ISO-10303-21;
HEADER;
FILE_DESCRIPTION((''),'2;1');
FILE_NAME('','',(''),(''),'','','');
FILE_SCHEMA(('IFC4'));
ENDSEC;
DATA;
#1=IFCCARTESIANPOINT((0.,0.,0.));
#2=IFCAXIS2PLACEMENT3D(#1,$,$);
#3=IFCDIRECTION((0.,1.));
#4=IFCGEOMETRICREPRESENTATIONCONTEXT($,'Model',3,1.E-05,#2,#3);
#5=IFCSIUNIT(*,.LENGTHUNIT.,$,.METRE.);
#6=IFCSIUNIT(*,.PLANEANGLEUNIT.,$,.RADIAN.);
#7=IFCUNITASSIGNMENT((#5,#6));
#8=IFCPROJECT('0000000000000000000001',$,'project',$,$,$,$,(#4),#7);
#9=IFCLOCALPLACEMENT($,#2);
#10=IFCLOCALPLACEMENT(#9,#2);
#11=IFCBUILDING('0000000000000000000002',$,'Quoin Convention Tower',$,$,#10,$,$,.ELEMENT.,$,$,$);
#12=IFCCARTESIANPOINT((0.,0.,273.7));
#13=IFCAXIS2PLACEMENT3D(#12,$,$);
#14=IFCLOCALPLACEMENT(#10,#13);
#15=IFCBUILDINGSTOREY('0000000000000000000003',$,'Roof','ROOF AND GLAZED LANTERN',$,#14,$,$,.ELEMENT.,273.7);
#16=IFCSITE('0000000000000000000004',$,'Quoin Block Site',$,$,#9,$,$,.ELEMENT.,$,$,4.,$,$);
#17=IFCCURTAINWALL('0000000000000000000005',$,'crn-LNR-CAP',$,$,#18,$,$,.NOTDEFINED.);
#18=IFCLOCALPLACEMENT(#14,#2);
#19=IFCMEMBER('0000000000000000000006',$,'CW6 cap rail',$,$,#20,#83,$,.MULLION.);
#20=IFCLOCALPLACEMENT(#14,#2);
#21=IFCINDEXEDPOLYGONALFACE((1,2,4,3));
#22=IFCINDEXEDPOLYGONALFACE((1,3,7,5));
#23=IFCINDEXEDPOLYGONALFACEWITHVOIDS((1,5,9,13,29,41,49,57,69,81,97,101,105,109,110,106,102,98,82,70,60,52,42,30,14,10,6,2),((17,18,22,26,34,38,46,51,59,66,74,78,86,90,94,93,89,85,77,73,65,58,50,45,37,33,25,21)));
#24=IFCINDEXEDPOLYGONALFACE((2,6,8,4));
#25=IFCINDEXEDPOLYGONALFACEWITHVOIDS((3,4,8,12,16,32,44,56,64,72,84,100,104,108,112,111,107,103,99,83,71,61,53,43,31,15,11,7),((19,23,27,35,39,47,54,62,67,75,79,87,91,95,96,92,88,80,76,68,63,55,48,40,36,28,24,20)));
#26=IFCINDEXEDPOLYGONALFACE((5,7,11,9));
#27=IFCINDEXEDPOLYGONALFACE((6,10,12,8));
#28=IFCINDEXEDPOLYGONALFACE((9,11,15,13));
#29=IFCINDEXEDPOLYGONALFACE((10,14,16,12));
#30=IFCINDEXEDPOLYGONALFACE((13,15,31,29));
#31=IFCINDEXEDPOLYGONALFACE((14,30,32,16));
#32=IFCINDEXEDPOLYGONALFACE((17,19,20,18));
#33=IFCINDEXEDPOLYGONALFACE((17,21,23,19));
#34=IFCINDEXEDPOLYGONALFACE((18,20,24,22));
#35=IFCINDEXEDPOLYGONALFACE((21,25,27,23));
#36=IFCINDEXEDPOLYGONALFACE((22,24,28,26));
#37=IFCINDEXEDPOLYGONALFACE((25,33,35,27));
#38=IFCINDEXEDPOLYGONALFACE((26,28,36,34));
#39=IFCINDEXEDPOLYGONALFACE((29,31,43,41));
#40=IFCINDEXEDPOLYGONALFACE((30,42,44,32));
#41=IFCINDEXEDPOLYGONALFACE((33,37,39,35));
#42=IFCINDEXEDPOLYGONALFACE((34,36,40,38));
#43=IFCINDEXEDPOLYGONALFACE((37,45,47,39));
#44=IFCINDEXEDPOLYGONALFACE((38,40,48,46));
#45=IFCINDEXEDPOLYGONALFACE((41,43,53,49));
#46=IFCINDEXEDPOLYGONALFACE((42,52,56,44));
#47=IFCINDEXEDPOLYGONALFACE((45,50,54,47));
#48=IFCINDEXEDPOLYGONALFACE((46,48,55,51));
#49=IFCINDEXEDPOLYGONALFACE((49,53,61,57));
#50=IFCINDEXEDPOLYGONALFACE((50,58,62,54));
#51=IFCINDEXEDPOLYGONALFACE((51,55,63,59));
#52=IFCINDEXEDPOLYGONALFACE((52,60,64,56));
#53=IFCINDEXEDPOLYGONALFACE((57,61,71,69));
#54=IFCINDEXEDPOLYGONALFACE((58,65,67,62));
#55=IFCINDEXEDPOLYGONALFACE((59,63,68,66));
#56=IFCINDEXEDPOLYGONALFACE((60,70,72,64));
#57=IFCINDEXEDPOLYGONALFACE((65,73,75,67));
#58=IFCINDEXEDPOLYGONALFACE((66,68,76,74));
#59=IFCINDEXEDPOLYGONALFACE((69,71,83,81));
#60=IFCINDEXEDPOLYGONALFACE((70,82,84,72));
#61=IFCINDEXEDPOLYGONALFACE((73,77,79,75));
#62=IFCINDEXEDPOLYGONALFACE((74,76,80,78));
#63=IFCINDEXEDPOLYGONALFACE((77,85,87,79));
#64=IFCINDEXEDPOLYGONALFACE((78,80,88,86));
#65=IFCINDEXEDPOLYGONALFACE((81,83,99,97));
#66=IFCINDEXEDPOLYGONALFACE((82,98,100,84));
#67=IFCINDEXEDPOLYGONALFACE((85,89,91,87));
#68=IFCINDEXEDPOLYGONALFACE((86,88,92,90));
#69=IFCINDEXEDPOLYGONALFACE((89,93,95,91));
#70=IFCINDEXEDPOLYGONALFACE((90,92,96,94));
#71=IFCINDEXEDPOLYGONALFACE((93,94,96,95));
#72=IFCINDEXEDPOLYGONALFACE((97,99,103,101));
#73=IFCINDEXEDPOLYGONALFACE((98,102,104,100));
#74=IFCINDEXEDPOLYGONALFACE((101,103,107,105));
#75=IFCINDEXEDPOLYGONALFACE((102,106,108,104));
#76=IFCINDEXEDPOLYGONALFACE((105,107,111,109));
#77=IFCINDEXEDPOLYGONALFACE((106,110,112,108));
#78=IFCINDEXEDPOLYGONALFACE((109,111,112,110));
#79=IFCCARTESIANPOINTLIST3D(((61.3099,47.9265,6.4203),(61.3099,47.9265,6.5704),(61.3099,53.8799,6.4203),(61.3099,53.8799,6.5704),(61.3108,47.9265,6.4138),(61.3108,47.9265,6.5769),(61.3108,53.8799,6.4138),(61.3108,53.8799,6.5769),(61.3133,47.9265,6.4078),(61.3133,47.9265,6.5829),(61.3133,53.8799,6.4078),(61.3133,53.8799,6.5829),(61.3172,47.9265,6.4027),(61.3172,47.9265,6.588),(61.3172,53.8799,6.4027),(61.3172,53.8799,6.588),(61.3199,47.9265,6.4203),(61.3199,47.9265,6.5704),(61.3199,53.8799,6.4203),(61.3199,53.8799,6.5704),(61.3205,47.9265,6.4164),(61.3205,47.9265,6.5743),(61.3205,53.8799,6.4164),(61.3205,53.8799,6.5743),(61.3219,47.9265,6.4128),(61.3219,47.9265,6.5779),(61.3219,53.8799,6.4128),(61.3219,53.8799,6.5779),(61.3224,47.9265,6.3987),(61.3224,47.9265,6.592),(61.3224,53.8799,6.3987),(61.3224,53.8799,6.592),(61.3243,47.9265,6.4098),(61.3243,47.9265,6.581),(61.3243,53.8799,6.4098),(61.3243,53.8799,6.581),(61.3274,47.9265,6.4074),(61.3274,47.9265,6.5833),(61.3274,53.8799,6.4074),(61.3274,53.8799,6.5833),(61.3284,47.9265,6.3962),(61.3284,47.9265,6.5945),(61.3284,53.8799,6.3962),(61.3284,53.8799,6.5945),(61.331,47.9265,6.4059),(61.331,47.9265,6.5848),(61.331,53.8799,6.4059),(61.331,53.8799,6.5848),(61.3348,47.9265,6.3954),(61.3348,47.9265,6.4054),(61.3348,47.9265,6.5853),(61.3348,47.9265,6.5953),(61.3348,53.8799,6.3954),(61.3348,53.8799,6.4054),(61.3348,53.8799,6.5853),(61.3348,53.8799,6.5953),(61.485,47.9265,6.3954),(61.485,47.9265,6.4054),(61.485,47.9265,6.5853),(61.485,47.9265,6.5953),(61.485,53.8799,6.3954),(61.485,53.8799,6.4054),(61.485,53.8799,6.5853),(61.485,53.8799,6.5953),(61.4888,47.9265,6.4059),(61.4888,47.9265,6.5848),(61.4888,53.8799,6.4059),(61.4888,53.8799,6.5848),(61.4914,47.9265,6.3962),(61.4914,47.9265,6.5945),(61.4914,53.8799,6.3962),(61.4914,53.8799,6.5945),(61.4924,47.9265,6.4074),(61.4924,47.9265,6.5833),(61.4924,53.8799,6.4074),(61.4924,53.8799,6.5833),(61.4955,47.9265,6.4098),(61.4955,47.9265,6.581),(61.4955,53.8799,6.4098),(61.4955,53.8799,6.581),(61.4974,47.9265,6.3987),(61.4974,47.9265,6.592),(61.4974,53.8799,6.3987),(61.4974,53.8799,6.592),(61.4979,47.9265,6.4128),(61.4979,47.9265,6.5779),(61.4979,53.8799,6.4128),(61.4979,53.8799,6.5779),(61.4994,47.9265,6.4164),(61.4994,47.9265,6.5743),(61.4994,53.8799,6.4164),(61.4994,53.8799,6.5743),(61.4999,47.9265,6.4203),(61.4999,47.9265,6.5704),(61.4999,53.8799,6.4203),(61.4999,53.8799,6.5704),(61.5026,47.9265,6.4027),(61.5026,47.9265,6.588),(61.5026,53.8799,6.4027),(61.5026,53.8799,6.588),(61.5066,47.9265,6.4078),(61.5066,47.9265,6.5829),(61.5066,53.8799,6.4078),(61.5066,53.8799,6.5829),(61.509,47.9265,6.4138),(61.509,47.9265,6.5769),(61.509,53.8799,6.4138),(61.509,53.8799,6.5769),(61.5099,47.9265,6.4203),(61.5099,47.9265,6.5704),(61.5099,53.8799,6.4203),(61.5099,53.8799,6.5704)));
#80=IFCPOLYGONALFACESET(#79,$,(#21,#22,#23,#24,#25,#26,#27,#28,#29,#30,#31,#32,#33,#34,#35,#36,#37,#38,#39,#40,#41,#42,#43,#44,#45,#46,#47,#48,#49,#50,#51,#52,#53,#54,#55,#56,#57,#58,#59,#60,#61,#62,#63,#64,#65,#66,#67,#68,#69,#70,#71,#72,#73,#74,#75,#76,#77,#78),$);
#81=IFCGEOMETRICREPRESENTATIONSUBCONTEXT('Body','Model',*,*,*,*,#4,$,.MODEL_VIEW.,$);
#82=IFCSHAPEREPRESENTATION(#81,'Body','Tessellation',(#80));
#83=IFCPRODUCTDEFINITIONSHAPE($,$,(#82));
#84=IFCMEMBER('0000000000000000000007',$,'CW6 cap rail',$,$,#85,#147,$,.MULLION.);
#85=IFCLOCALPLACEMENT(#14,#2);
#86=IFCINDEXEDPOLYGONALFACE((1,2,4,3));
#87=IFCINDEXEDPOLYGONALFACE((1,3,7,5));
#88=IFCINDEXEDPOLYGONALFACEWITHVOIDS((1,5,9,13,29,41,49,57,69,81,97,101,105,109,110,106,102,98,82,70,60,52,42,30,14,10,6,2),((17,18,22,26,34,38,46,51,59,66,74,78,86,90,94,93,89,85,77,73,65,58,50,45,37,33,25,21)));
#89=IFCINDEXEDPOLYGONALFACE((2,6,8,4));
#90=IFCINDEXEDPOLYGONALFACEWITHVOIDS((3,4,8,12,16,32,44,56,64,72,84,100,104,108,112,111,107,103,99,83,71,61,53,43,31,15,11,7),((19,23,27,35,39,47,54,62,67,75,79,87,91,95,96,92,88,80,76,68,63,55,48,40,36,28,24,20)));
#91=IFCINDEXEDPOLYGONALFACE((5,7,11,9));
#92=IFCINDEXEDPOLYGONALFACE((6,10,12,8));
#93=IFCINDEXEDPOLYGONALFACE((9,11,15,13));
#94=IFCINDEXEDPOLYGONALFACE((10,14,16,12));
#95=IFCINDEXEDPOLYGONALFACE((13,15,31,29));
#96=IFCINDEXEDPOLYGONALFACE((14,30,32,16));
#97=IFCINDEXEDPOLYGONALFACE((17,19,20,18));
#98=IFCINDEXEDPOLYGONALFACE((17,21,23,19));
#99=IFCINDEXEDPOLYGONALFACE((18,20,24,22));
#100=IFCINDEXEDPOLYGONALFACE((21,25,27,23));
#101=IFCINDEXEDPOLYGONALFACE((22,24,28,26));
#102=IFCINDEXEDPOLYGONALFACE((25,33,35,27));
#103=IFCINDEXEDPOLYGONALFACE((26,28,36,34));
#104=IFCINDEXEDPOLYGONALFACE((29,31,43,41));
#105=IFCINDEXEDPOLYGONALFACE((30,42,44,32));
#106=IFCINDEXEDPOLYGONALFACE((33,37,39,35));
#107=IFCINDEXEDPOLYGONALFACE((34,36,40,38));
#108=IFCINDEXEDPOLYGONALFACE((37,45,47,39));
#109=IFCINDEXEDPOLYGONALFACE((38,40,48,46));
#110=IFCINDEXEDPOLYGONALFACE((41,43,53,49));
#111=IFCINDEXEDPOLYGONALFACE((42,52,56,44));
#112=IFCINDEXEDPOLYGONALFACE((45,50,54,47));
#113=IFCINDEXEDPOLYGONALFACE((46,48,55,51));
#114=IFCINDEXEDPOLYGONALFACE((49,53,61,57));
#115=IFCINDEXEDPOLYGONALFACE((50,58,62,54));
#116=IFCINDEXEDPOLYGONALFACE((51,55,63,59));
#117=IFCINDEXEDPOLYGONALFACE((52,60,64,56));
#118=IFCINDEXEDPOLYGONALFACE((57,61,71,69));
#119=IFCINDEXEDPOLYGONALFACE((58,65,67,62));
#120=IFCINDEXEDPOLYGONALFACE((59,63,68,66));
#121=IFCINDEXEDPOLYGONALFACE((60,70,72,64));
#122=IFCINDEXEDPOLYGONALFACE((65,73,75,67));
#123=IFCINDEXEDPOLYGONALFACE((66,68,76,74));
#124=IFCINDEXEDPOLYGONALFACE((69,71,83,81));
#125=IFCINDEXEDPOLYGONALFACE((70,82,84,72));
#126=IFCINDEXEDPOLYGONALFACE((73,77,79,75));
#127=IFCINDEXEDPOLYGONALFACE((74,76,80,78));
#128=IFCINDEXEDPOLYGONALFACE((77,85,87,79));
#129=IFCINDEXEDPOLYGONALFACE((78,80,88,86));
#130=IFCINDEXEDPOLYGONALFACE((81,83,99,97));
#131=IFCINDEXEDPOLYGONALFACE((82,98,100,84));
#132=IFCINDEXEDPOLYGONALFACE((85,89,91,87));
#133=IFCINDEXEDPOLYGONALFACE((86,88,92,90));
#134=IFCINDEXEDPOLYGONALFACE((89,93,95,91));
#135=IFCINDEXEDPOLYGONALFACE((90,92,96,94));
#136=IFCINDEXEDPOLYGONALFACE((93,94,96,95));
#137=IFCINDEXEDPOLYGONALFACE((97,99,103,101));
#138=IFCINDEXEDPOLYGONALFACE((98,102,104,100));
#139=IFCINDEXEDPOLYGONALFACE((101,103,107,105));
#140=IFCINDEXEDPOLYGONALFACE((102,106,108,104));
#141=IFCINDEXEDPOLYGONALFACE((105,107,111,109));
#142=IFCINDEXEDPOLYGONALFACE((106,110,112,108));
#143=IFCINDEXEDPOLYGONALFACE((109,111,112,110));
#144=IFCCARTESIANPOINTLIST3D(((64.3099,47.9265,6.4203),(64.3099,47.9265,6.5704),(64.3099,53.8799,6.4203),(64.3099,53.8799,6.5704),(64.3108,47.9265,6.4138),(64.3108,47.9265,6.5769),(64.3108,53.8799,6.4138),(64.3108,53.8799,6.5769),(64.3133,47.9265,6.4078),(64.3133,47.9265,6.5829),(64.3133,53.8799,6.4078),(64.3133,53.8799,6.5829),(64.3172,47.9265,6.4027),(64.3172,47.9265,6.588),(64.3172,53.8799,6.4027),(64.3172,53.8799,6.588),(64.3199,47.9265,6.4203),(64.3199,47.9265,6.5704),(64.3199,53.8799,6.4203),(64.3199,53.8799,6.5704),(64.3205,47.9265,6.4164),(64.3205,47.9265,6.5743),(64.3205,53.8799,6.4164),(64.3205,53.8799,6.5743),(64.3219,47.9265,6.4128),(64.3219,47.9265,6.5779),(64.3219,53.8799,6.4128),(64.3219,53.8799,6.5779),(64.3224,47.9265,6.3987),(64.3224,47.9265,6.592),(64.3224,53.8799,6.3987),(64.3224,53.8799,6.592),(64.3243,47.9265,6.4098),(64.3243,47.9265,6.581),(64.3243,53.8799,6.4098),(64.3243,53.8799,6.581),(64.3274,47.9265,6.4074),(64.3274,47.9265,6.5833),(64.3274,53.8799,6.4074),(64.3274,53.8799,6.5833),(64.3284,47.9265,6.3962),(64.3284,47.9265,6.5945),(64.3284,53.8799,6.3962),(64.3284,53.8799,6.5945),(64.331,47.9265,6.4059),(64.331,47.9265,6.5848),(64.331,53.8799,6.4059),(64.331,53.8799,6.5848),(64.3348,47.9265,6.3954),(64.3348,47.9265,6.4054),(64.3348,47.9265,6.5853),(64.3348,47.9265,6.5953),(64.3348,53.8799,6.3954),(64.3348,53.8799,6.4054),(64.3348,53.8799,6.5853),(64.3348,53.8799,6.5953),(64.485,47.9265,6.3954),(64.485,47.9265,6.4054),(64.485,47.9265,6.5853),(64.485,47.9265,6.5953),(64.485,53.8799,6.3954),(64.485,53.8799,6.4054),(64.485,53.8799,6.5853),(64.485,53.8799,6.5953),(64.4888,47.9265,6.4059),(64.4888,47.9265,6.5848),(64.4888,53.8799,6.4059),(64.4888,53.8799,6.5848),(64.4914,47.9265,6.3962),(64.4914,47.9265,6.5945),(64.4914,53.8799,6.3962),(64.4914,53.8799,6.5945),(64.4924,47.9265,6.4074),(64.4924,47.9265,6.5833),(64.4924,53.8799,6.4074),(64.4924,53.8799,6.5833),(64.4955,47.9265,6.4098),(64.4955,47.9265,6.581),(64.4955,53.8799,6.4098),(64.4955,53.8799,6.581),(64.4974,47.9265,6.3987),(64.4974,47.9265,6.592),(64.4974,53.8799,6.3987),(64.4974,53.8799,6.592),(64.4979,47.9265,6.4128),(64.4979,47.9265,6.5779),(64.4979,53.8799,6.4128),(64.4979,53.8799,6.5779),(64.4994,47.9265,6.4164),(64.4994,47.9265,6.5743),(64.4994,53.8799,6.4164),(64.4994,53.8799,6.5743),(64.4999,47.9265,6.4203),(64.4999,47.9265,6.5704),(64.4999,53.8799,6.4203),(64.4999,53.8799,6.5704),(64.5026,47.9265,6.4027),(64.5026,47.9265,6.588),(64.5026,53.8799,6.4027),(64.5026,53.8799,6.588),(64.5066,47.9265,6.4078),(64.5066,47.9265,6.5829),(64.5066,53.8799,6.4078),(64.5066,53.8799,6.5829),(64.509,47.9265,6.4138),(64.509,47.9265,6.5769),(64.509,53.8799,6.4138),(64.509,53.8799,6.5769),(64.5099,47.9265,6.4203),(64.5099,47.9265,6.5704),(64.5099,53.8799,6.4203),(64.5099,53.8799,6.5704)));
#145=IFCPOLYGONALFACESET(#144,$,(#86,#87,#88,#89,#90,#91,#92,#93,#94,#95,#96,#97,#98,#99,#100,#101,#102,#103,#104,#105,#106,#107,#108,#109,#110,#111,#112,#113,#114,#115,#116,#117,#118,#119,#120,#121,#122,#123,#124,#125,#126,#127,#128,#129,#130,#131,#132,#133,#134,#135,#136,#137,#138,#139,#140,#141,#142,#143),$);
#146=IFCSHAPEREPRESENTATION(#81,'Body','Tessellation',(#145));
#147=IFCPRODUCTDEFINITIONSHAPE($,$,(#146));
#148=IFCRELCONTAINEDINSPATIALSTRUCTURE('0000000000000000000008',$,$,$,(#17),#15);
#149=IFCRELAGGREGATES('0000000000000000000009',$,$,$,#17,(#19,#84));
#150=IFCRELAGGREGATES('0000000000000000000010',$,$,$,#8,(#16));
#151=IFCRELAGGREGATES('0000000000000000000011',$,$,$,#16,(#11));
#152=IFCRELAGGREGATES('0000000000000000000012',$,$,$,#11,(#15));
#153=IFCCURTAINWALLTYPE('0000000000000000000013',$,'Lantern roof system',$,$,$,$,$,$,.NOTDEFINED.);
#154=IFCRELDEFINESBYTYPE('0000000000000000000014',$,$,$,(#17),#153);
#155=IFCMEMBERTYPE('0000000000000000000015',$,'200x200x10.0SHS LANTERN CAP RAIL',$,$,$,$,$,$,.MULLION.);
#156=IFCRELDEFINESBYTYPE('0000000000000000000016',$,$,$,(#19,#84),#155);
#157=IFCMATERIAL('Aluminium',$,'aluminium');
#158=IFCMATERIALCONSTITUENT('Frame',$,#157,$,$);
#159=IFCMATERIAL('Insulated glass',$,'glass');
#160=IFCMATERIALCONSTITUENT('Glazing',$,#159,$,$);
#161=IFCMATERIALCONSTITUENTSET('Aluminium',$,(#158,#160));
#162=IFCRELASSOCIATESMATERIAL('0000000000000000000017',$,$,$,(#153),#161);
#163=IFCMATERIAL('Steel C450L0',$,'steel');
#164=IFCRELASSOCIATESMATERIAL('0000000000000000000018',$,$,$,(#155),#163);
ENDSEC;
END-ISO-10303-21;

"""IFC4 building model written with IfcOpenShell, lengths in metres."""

from ifc_helpers import new_model, si_unit, direction, frame, origin, origin_2d, place, context, subcontext, project, spatial, hollow_rectangle, extrude, material, constituent, constituent_set, material_profile, profile_set, type_object, element, aggregate, save


model = new_model("IFC4")

# Units and contexts
model_context = context("Model", 3, precision=1e-05, world=origin(), true_north=direction((0.0, 1.0)))
body_context = subcontext(model_context, "Body", "Model", "MODEL_VIEW")
ifc_project = project(units=[si_unit("LENGTHUNIT", "METRE"), si_unit("PLANEANGLEUNIT", "RADIAN")], contexts=[model_context])

# Site, building, storey
site_placement = place(None, origin())
site = spatial("IfcSite", under=ifc_project, at=site_placement, Name="Quoin Block Site", CompositionType="ELEMENT", RefElevation=4.0)
building_placement = place(site_placement, origin())
building = spatial("IfcBuilding", under=site, at=building_placement, Name="Quoin Convention Tower", CompositionType="ELEMENT")
storey_placement = place(building_placement, frame((0.0, 0.0, 273.7)))
storey = spatial("IfcBuildingStorey", under=building, at=storey_placement, Name="Roof", Description="ROOF AND GLAZED LANTERN", CompositionType="ELEMENT", Elevation=273.7)

# Curtain wall, members
ifc_material_1 = material(Name="Aluminium", Category="aluminium")
ifc_constituent_1 = constituent(ifc_material_1, Name="Frame")
ifc_material_2 = material(Name="Insulated glass", Category="glass")
ifc_constituent_2 = constituent(ifc_material_2, Name="Glazing")
ifc_constituent_set = constituent_set(constituents=[ifc_constituent_1, ifc_constituent_2], Name="Aluminium")
curtain_wall_type = type_object("IfcCurtainWallType", Name="Lantern roof system", PredefinedType="NOTDEFINED", material=ifc_constituent_set)
curtain_wall_1_placement = place(storey_placement, origin())
curtain_wall_1 = element("IfcCurtainWall", 1, at=curtain_wall_1_placement, inside=storey, type_object=curtain_wall_type, Name="crn-LNR-CAP", PredefinedType="NOTDEFINED")
ifc_material_3 = material(Name="Steel C450L0", Category="steel")
ifc_material_profile_1 = material_profile(ifc_material_3, hollow_rectangle(XDim=0.2, YDim=0.2, WallThickness=0.01, InnerFilletRadius=0.0149, OuterFilletRadius=0.0249, at=origin_2d()), Name="200x200x10.0SHS")
ifc_profile_set_1 = profile_set([ifc_material_profile_1], Name="Steel C450L0")
member_type_1 = type_object("IfcMemberType", Name="200x200x10.0SHS LANTERN CAP RAIL", PredefinedType="MULLION", material=ifc_profile_set_1)
member_1_placement = place(storey_placement, frame((61.4099, 47.9265, 6.4954), z_axis=(0.0, 1.0, 0.0), x_axis=(-1.0, 0.0, 0.0)))
member_1 = element("IfcMember", 2, at=member_1_placement, type_object=member_type_1, Name="CW6 cap rail", PredefinedType="MULLION", context=body_context, shape_type="SweptSolid", body=[
    extrude(hollow_rectangle(XDim=0.2, YDim=0.2, WallThickness=0.01, InnerFilletRadius=0.0149, OuterFilletRadius=0.0249, at=origin_2d()), origin(), (0.0, 0.0, 1.0), 5.9534),
])
member_2_placement = place(storey_placement, frame((64.4099, 47.9265, 6.4954), z_axis=(0.0, 1.0, 0.0), x_axis=(-1.0, 0.0, 0.0)))
member_2 = element("IfcMember", 3, at=member_2_placement, type_object=member_type_1, Name="CW6 cap rail", PredefinedType="MULLION", context=body_context, shape_type="SweptSolid", body=[
    extrude(hollow_rectangle(XDim=0.2, YDim=0.2, WallThickness=0.01, InnerFilletRadius=0.0149, OuterFilletRadius=0.0249, at=origin_2d()), origin(), (0.0, 0.0, 1.0), 5.9534),
])

aggregate(curtain_wall_1, [member_1, member_2])

save(model, "model.ifc")
